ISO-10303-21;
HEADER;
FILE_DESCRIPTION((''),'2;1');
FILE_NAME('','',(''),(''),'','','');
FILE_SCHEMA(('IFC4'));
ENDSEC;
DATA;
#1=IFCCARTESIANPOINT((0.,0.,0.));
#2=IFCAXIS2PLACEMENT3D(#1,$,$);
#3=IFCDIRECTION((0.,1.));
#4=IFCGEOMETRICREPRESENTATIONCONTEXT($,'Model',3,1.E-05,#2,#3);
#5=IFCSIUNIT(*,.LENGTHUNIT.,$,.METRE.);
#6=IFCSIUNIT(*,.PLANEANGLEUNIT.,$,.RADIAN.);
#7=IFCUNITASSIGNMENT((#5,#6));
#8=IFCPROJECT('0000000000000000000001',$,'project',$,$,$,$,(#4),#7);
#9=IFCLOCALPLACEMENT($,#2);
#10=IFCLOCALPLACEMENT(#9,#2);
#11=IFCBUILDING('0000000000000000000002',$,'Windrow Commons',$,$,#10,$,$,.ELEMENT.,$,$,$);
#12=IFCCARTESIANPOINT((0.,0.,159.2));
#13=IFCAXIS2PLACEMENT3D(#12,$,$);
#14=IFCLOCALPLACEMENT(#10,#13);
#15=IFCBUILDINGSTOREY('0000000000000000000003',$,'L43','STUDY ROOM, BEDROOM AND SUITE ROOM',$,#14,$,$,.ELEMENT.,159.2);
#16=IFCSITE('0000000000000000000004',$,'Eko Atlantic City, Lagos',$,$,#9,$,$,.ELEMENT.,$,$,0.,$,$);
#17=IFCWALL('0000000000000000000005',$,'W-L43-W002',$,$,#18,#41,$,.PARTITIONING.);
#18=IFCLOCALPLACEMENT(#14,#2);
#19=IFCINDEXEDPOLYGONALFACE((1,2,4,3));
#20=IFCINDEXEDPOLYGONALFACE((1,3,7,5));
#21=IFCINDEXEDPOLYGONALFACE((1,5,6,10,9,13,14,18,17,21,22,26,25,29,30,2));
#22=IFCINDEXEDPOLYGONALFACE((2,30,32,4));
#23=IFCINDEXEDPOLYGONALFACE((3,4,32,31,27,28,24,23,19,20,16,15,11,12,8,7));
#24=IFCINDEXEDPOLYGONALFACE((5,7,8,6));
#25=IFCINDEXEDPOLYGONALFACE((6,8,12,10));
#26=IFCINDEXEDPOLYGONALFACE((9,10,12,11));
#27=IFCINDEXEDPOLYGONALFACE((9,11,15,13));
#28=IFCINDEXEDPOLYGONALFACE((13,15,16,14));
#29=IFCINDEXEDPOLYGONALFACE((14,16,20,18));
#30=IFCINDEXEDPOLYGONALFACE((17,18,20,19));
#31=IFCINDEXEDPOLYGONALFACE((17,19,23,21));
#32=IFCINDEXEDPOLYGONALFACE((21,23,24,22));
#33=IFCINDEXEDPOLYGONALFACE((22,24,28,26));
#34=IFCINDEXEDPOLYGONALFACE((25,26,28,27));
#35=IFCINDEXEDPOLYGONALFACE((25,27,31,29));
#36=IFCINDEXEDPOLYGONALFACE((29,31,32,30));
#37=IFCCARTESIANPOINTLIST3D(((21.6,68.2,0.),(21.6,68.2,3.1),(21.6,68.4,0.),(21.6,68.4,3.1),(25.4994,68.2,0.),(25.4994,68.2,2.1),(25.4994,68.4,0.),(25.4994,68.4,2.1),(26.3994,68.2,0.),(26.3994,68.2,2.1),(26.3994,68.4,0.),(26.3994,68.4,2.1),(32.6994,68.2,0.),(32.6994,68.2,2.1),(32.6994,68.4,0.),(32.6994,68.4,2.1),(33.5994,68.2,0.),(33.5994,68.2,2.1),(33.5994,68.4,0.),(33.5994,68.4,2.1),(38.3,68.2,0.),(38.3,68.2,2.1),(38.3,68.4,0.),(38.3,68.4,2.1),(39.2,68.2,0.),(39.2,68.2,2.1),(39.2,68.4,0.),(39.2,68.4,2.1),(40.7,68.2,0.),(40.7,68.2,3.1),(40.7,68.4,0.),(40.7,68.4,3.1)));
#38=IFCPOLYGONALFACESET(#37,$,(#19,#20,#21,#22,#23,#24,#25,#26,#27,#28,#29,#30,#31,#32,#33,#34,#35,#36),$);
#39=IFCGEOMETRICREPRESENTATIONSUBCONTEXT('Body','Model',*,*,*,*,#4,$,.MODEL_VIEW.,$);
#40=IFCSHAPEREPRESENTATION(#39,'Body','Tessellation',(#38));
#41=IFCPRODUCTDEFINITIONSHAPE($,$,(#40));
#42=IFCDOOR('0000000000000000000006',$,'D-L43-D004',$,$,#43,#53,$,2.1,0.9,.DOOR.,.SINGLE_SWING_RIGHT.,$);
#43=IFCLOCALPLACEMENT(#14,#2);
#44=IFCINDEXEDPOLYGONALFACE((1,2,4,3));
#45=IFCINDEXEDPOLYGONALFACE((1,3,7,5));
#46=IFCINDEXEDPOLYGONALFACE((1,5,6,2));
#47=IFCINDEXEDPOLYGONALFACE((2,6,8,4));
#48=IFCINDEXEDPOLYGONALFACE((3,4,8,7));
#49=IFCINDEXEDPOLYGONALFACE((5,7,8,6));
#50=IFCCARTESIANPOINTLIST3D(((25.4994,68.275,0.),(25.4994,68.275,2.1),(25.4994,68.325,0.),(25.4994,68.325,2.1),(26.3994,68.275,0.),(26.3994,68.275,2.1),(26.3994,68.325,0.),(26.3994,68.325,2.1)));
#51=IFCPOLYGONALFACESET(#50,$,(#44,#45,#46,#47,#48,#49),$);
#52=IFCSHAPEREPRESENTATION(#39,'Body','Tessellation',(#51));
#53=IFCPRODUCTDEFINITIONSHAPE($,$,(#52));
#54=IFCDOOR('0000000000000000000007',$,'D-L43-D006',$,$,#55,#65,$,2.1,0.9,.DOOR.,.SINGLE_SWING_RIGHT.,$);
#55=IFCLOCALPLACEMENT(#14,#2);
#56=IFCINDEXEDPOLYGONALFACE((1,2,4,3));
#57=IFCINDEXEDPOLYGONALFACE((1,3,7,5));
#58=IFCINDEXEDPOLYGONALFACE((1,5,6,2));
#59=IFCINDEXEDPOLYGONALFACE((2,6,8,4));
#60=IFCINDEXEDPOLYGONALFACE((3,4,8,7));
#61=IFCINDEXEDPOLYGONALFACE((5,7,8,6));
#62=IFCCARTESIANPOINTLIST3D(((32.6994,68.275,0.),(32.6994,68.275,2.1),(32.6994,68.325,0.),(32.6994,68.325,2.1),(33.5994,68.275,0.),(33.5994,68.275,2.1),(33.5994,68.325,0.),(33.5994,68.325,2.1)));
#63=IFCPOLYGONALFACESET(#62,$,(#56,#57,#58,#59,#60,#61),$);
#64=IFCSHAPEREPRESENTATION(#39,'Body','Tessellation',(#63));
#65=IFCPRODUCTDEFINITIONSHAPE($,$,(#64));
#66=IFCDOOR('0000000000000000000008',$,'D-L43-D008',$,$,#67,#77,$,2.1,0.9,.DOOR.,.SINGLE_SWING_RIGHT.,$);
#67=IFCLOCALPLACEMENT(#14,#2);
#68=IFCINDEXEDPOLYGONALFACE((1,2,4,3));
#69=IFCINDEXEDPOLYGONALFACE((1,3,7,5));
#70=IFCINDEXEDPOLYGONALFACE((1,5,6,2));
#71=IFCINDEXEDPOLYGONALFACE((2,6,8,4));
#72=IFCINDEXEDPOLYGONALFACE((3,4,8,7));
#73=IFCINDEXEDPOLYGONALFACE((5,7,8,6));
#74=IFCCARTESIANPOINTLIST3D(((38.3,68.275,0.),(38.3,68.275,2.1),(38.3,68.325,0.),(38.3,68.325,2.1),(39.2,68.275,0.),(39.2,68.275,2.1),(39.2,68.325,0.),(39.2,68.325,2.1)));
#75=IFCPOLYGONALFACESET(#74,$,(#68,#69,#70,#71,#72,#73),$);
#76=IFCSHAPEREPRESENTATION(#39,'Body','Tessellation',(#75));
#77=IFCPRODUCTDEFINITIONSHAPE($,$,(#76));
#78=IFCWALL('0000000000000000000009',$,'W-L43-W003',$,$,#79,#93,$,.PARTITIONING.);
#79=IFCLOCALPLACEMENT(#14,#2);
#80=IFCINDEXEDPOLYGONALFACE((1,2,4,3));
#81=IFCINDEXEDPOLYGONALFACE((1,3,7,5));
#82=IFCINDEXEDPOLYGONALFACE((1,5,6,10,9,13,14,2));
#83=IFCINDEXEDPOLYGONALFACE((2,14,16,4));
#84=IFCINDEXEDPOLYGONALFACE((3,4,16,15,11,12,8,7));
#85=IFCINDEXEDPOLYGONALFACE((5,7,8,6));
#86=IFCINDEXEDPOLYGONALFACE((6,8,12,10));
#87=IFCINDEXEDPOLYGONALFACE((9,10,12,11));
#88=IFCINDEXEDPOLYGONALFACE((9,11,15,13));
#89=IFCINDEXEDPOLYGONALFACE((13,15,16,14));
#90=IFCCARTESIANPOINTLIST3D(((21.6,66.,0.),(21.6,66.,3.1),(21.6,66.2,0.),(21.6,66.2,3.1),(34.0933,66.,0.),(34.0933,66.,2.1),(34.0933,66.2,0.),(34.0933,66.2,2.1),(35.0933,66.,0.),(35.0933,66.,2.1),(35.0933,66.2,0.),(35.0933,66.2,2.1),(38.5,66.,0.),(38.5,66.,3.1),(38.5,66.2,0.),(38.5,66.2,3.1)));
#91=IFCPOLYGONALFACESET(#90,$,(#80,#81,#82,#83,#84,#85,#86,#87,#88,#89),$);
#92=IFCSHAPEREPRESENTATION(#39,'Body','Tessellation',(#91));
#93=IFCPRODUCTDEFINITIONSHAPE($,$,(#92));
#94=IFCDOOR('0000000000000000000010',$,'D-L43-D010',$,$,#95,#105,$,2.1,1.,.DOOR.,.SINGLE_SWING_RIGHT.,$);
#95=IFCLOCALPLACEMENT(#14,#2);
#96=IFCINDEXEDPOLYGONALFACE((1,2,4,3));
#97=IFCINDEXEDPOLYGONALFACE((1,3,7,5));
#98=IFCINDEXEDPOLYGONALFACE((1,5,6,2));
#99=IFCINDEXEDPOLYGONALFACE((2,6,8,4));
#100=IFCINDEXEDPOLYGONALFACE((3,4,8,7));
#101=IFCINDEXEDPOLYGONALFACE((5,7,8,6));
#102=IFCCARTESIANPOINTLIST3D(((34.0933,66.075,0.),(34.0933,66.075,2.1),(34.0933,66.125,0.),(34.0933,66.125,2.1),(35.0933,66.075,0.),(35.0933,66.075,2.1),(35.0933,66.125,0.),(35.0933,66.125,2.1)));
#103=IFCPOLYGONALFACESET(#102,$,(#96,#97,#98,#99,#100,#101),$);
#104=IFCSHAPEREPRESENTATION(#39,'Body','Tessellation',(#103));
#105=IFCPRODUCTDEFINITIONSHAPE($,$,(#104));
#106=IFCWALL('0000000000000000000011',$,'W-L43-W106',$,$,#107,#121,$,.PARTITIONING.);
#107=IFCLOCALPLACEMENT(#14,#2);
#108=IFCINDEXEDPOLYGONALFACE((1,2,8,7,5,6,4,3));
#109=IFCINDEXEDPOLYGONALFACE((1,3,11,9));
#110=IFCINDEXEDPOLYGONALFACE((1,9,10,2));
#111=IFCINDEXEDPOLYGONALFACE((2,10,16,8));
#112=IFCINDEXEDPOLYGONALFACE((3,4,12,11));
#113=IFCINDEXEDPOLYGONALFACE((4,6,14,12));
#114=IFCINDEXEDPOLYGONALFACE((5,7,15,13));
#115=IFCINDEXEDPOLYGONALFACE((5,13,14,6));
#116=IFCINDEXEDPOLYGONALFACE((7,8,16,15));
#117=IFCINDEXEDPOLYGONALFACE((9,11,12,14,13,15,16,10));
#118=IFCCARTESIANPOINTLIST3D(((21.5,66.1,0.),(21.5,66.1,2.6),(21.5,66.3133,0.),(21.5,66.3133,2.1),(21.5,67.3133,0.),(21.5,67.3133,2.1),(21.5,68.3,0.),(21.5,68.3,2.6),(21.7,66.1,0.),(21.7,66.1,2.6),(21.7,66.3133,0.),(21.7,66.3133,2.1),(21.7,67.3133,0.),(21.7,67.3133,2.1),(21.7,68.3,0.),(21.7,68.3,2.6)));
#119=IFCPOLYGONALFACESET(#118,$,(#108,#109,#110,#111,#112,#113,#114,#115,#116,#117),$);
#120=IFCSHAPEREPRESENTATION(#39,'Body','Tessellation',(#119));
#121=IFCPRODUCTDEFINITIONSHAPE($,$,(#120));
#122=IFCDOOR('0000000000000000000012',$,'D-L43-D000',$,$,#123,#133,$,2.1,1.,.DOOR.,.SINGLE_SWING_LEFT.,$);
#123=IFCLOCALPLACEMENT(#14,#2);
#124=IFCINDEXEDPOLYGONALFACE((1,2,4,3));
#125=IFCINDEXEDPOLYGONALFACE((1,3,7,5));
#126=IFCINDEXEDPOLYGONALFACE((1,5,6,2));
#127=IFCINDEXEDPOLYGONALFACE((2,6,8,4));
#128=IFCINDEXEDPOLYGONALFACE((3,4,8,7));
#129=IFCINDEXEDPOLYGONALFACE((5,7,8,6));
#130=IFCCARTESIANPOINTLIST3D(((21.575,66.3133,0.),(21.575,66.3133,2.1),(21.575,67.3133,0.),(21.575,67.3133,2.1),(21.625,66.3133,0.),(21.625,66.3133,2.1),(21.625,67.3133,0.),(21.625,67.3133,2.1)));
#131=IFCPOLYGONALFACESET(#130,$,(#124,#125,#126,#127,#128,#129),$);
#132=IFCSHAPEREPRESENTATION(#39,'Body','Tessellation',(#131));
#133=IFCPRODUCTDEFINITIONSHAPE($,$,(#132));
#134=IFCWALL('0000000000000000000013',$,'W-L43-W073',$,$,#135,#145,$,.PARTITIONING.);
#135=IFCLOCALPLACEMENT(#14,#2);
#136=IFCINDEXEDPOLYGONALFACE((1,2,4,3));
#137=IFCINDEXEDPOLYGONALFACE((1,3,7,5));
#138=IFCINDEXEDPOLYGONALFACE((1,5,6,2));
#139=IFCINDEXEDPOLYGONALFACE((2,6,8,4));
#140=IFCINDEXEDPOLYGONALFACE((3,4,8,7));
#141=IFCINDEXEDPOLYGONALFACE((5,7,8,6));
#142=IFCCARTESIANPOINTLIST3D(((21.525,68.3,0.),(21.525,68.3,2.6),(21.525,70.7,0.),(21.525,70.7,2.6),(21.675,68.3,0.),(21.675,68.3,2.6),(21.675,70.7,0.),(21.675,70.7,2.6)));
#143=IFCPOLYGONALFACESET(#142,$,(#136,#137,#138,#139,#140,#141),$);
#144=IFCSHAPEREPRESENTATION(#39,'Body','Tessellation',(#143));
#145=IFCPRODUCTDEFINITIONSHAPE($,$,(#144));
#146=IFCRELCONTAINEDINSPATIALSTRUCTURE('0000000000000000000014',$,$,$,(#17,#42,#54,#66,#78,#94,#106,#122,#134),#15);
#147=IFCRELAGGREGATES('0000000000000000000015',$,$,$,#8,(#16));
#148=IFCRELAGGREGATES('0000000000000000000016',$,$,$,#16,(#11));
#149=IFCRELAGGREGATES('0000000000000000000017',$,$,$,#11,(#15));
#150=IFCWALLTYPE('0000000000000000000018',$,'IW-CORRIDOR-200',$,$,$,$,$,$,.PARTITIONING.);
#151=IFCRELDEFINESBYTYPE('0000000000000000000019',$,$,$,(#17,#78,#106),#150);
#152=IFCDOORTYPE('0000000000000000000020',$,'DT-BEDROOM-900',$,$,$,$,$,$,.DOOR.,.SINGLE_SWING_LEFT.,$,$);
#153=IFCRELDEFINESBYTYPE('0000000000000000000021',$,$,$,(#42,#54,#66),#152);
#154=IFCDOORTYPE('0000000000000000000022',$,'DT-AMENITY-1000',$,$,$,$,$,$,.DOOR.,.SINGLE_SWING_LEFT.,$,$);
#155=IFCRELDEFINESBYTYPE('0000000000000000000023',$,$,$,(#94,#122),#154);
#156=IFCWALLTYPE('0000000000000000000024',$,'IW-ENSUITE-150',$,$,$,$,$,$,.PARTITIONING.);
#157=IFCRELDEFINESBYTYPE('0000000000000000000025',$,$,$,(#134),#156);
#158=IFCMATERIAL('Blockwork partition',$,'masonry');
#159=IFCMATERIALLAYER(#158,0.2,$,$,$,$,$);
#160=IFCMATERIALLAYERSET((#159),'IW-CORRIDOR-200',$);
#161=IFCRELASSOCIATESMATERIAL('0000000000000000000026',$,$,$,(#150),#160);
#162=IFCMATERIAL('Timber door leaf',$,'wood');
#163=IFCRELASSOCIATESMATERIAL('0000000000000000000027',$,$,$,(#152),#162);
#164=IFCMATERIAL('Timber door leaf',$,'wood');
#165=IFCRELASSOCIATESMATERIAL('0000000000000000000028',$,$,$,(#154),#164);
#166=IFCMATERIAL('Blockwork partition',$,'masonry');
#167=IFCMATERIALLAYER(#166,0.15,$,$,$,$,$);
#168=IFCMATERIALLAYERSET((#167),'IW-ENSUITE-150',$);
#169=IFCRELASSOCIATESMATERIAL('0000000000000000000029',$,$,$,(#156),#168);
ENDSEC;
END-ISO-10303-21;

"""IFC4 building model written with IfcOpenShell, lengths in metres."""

from ifc_helpers import new_model, si_unit, direction, frame, frame_2d, origin, place, context, subcontext, project, spatial, rectangle, extrude, material, layer, layer_set, type_object, element, fill, save


model = new_model("IFC4")

# Units and contexts
model_context = context("Model", 3, precision=1e-05, world=origin(), true_north=direction((0.0, 1.0)))
body_context = subcontext(model_context, "Body", "Model", "MODEL_VIEW")
ifc_project = project(units=[si_unit("LENGTHUNIT", "METRE"), si_unit("PLANEANGLEUNIT", "RADIAN")], contexts=[model_context])

# Site, building, storey
site_placement = place(None, origin())
site = spatial("IfcSite", under=ifc_project, at=site_placement, Name="Eko Atlantic City, Lagos", CompositionType="ELEMENT", RefElevation=0.0)
building_placement = place(site_placement, origin())
building = spatial("IfcBuilding", under=site, at=building_placement, Name="Windrow Commons", CompositionType="ELEMENT")
storey_placement = place(building_placement, frame((0.0, 0.0, 159.2)))
storey = spatial("IfcBuildingStorey", under=building, at=storey_placement, Name="L43", Description="STUDY ROOM, BEDROOM AND SUITE ROOM", CompositionType="ELEMENT", Elevation=159.2)

# Wall, openings, doors
ifc_material_1 = material(Name="Blockwork partition", Category="masonry")
ifc_layer_1 = layer(ifc_material_1, 0.2)
ifc_layer_set_1 = layer_set([ifc_layer_1], Name="IW-CORRIDOR-200")
wall_type_1 = type_object("IfcWallType", Name="IW-CORRIDOR-200", PredefinedType="PARTITIONING", material=ifc_layer_set_1)
wall_1_placement = place(storey_placement, frame((21.6, 68.3, 0.0), z_axis=(0.0, 0.0, 1.0), x_axis=(1.0, 0.0, 0.0)))
wall_1 = element("IfcWall", 1, at=wall_1_placement, inside=storey, type_object=wall_type_1, Name="W-L43-W002", PredefinedType="PARTITIONING", context=body_context, shape_type="SweptSolid", body=[
    extrude(rectangle(XDim=19.1, YDim=0.2, at=frame_2d((9.55, 0.0))), origin(), (0.0, 0.0, 1.0), 3.1),
])
opening_1_placement = place(wall_1_placement, frame((3.8994, 0.0, 0.0)))
opening_1 = element("IfcOpeningElement", 2, at=opening_1_placement, cuts=wall_1, PredefinedType="OPENING", context=body_context, shape_type="SweptSolid", body=[
    extrude(rectangle(XDim=0.9, YDim=2.1, at=frame_2d((0.45, 1.05))), frame((0.0, 0.11, 0.0), z_axis=(0.0, -1.0, 0.0), x_axis=(1.0, 0.0, 0.0)), (0.0, 0.0, 1.0), 0.22),
])
opening_2_placement = place(wall_1_placement, frame((11.0994, 0.0, 0.0)))
opening_2 = element("IfcOpeningElement", 3, at=opening_2_placement, cuts=wall_1, PredefinedType="OPENING", context=body_context, shape_type="SweptSolid", body=[
    extrude(rectangle(XDim=0.9, YDim=2.1, at=frame_2d((0.45, 1.05))), frame((0.0, 0.11, 0.0), z_axis=(0.0, -1.0, 0.0), x_axis=(1.0, 0.0, 0.0)), (0.0, 0.0, 1.0), 0.22),
])
opening_3_placement = place(wall_1_placement, frame((16.7, 0.0, 0.0)))
opening_3 = element("IfcOpeningElement", 4, at=opening_3_placement, cuts=wall_1, PredefinedType="OPENING", context=body_context, shape_type="SweptSolid", body=[
    extrude(rectangle(XDim=0.9, YDim=2.1, at=frame_2d((0.45, 1.05))), frame((0.0, 0.11, 0.0), z_axis=(0.0, -1.0, 0.0), x_axis=(1.0, 0.0, 0.0)), (0.0, 0.0, 1.0), 0.22),
])
ifc_material_2 = material(Name="Timber door leaf", Category="wood")
door_type_1 = type_object("IfcDoorType", Name="DT-BEDROOM-900", OperationType="SINGLE_SWING_LEFT", PredefinedType="DOOR", material=ifc_material_2)
door_1_placement = place(opening_1_placement, origin())
door_1 = element("IfcDoor", 5, at=door_1_placement, inside=storey, type_object=door_type_1, Name="D-L43-D004", OperationType="SINGLE_SWING_RIGHT", OverallHeight=2.1, OverallWidth=0.9, PredefinedType="DOOR", context=body_context, shape_type="SweptSolid", body=[
    extrude(rectangle(XDim=0.9, YDim=2.1, at=frame_2d((0.45, 1.05))), frame((0.0, 0.025, 0.0), z_axis=(0.0, -1.0, 0.0), x_axis=(1.0, 0.0, 0.0)), (0.0, 0.0, 1.0), 0.05),
])
fill(opening_1, door_1)
door_2_placement = place(opening_2_placement, origin())
door_2 = element("IfcDoor", 6, at=door_2_placement, inside=storey, type_object=door_type_1, Name="D-L43-D006", OperationType="SINGLE_SWING_RIGHT", OverallHeight=2.1, OverallWidth=0.9, PredefinedType="DOOR", context=body_context, shape_type="SweptSolid", body=[
    extrude(rectangle(XDim=0.9, YDim=2.1, at=frame_2d((0.45, 1.05))), frame((0.0, 0.025, 0.0), z_axis=(0.0, -1.0, 0.0), x_axis=(1.0, 0.0, 0.0)), (0.0, 0.0, 1.0), 0.05),
])
fill(opening_2, door_2)
door_3_placement = place(opening_3_placement, origin())
door_3 = element("IfcDoor", 7, at=door_3_placement, inside=storey, type_object=door_type_1, Name="D-L43-D008", OperationType="SINGLE_SWING_RIGHT", OverallHeight=2.1, OverallWidth=0.9, PredefinedType="DOOR", context=body_context, shape_type="SweptSolid", body=[
    extrude(rectangle(XDim=0.9, YDim=2.1, at=frame_2d((0.45, 1.05))), frame((0.0, 0.025, 0.0), z_axis=(0.0, -1.0, 0.0), x_axis=(1.0, 0.0, 0.0)), (0.0, 0.0, 1.0), 0.05),
])
fill(opening_3, door_3)

# Walls, openings, doors
wall_2_placement = place(storey_placement, frame((21.6, 66.1, 0.0), z_axis=(0.0, 0.0, 1.0), x_axis=(1.0, 0.0, 0.0)))
wall_2 = element("IfcWall", 8, at=wall_2_placement, inside=storey, type_object=wall_type_1, Name="W-L43-W003", PredefinedType="PARTITIONING", context=body_context, shape_type="SweptSolid", body=[
    extrude(rectangle(XDim=16.9, YDim=0.2, at=frame_2d((8.45, 0.0))), origin(), (0.0, 0.0, 1.0), 3.1),
])
opening_4_placement = place(wall_2_placement, frame((12.4933, 0.0, 0.0)))
opening_4 = element("IfcOpeningElement", 9, at=opening_4_placement, cuts=wall_2, PredefinedType="OPENING", context=body_context, shape_type="SweptSolid", body=[
    extrude(rectangle(XDim=1.0, YDim=2.1, at=frame_2d((0.5, 1.05))), frame((0.0, 0.11, 0.0), z_axis=(0.0, -1.0, 0.0), x_axis=(1.0, 0.0, 0.0)), (0.0, 0.0, 1.0), 0.22),
])
ifc_material_3 = material(Name="Timber door leaf", Category="wood")
door_type_2 = type_object("IfcDoorType", Name="DT-AMENITY-1000", OperationType="SINGLE_SWING_LEFT", PredefinedType="DOOR", material=ifc_material_3)
door_4_placement = place(opening_4_placement, origin())
door_4 = element("IfcDoor", 10, at=door_4_placement, inside=storey, type_object=door_type_2, Name="D-L43-D010", OperationType="SINGLE_SWING_RIGHT", OverallHeight=2.1, OverallWidth=1.0, PredefinedType="DOOR", context=body_context, shape_type="SweptSolid", body=[
    extrude(rectangle(XDim=1.0, YDim=2.1, at=frame_2d((0.5, 1.05))), frame((0.0, 0.025, 0.0), z_axis=(0.0, -1.0, 0.0), x_axis=(1.0, 0.0, 0.0)), (0.0, 0.0, 1.0), 0.05),
])
fill(opening_4, door_4)
wall_3_placement = place(storey_placement, frame((21.6, 66.1, 0.0), z_axis=(0.0, 0.0, 1.0), x_axis=(0.0, 1.0, 0.0)))
wall_3 = element("IfcWall", 11, at=wall_3_placement, inside=storey, type_object=wall_type_1, Name="W-L43-W106", PredefinedType="PARTITIONING", context=body_context, shape_type="SweptSolid", body=[
    extrude(rectangle(XDim=2.2, YDim=0.2, at=frame_2d((1.1, 0.0))), origin(), (0.0, 0.0, 1.0), 2.6),
])
opening_5_placement = place(wall_3_placement, frame((0.2133, 0.0, 0.0)))
opening_5 = element("IfcOpeningElement", 12, at=opening_5_placement, cuts=wall_3, PredefinedType="OPENING", context=body_context, shape_type="SweptSolid", body=[
    extrude(rectangle(XDim=1.0, YDim=2.1, at=frame_2d((0.5, 1.05))), frame((0.0, 0.11, 0.0), z_axis=(0.0, -1.0, 0.0), x_axis=(1.0, 0.0, 0.0)), (0.0, 0.0, 1.0), 0.22),
])
door_5_placement = place(opening_5_placement, origin())
door_5 = element("IfcDoor", 13, at=door_5_placement, inside=storey, type_object=door_type_2, Name="D-L43-D000", OperationType="SINGLE_SWING_LEFT", OverallHeight=2.1, OverallWidth=1.0, PredefinedType="DOOR", context=body_context, shape_type="SweptSolid", body=[
    extrude(rectangle(XDim=1.0, YDim=2.1, at=frame_2d((0.5, 1.05))), frame((0.0, 0.025, 0.0), z_axis=(0.0, -1.0, 0.0), x_axis=(1.0, 0.0, 0.0)), (0.0, 0.0, 1.0), 0.05),
])
fill(opening_5, door_5)

# Wall
ifc_material_4 = material(Name="Blockwork partition", Category="masonry")
ifc_layer_2 = layer(ifc_material_4, 0.15)
ifc_layer_set_2 = layer_set([ifc_layer_2], Name="IW-ENSUITE-150")
wall_type_2 = type_object("IfcWallType", Name="IW-ENSUITE-150", PredefinedType="PARTITIONING", material=ifc_layer_set_2)
wall_4_placement = place(storey_placement, frame((21.6, 68.3, 0.0), z_axis=(0.0, 0.0, 1.0), x_axis=(0.0, 1.0, 0.0)))
element("IfcWall", 14, at=wall_4_placement, inside=storey, type_object=wall_type_2, Name="W-L43-W073", PredefinedType="PARTITIONING", context=body_context, shape_type="SweptSolid", body=[
    extrude(rectangle(XDim=2.4, YDim=0.15, at=frame_2d((1.2, 0.0))), origin(), (0.0, 0.0, 1.0), 2.6),
])

save(model, "model.ifc")
